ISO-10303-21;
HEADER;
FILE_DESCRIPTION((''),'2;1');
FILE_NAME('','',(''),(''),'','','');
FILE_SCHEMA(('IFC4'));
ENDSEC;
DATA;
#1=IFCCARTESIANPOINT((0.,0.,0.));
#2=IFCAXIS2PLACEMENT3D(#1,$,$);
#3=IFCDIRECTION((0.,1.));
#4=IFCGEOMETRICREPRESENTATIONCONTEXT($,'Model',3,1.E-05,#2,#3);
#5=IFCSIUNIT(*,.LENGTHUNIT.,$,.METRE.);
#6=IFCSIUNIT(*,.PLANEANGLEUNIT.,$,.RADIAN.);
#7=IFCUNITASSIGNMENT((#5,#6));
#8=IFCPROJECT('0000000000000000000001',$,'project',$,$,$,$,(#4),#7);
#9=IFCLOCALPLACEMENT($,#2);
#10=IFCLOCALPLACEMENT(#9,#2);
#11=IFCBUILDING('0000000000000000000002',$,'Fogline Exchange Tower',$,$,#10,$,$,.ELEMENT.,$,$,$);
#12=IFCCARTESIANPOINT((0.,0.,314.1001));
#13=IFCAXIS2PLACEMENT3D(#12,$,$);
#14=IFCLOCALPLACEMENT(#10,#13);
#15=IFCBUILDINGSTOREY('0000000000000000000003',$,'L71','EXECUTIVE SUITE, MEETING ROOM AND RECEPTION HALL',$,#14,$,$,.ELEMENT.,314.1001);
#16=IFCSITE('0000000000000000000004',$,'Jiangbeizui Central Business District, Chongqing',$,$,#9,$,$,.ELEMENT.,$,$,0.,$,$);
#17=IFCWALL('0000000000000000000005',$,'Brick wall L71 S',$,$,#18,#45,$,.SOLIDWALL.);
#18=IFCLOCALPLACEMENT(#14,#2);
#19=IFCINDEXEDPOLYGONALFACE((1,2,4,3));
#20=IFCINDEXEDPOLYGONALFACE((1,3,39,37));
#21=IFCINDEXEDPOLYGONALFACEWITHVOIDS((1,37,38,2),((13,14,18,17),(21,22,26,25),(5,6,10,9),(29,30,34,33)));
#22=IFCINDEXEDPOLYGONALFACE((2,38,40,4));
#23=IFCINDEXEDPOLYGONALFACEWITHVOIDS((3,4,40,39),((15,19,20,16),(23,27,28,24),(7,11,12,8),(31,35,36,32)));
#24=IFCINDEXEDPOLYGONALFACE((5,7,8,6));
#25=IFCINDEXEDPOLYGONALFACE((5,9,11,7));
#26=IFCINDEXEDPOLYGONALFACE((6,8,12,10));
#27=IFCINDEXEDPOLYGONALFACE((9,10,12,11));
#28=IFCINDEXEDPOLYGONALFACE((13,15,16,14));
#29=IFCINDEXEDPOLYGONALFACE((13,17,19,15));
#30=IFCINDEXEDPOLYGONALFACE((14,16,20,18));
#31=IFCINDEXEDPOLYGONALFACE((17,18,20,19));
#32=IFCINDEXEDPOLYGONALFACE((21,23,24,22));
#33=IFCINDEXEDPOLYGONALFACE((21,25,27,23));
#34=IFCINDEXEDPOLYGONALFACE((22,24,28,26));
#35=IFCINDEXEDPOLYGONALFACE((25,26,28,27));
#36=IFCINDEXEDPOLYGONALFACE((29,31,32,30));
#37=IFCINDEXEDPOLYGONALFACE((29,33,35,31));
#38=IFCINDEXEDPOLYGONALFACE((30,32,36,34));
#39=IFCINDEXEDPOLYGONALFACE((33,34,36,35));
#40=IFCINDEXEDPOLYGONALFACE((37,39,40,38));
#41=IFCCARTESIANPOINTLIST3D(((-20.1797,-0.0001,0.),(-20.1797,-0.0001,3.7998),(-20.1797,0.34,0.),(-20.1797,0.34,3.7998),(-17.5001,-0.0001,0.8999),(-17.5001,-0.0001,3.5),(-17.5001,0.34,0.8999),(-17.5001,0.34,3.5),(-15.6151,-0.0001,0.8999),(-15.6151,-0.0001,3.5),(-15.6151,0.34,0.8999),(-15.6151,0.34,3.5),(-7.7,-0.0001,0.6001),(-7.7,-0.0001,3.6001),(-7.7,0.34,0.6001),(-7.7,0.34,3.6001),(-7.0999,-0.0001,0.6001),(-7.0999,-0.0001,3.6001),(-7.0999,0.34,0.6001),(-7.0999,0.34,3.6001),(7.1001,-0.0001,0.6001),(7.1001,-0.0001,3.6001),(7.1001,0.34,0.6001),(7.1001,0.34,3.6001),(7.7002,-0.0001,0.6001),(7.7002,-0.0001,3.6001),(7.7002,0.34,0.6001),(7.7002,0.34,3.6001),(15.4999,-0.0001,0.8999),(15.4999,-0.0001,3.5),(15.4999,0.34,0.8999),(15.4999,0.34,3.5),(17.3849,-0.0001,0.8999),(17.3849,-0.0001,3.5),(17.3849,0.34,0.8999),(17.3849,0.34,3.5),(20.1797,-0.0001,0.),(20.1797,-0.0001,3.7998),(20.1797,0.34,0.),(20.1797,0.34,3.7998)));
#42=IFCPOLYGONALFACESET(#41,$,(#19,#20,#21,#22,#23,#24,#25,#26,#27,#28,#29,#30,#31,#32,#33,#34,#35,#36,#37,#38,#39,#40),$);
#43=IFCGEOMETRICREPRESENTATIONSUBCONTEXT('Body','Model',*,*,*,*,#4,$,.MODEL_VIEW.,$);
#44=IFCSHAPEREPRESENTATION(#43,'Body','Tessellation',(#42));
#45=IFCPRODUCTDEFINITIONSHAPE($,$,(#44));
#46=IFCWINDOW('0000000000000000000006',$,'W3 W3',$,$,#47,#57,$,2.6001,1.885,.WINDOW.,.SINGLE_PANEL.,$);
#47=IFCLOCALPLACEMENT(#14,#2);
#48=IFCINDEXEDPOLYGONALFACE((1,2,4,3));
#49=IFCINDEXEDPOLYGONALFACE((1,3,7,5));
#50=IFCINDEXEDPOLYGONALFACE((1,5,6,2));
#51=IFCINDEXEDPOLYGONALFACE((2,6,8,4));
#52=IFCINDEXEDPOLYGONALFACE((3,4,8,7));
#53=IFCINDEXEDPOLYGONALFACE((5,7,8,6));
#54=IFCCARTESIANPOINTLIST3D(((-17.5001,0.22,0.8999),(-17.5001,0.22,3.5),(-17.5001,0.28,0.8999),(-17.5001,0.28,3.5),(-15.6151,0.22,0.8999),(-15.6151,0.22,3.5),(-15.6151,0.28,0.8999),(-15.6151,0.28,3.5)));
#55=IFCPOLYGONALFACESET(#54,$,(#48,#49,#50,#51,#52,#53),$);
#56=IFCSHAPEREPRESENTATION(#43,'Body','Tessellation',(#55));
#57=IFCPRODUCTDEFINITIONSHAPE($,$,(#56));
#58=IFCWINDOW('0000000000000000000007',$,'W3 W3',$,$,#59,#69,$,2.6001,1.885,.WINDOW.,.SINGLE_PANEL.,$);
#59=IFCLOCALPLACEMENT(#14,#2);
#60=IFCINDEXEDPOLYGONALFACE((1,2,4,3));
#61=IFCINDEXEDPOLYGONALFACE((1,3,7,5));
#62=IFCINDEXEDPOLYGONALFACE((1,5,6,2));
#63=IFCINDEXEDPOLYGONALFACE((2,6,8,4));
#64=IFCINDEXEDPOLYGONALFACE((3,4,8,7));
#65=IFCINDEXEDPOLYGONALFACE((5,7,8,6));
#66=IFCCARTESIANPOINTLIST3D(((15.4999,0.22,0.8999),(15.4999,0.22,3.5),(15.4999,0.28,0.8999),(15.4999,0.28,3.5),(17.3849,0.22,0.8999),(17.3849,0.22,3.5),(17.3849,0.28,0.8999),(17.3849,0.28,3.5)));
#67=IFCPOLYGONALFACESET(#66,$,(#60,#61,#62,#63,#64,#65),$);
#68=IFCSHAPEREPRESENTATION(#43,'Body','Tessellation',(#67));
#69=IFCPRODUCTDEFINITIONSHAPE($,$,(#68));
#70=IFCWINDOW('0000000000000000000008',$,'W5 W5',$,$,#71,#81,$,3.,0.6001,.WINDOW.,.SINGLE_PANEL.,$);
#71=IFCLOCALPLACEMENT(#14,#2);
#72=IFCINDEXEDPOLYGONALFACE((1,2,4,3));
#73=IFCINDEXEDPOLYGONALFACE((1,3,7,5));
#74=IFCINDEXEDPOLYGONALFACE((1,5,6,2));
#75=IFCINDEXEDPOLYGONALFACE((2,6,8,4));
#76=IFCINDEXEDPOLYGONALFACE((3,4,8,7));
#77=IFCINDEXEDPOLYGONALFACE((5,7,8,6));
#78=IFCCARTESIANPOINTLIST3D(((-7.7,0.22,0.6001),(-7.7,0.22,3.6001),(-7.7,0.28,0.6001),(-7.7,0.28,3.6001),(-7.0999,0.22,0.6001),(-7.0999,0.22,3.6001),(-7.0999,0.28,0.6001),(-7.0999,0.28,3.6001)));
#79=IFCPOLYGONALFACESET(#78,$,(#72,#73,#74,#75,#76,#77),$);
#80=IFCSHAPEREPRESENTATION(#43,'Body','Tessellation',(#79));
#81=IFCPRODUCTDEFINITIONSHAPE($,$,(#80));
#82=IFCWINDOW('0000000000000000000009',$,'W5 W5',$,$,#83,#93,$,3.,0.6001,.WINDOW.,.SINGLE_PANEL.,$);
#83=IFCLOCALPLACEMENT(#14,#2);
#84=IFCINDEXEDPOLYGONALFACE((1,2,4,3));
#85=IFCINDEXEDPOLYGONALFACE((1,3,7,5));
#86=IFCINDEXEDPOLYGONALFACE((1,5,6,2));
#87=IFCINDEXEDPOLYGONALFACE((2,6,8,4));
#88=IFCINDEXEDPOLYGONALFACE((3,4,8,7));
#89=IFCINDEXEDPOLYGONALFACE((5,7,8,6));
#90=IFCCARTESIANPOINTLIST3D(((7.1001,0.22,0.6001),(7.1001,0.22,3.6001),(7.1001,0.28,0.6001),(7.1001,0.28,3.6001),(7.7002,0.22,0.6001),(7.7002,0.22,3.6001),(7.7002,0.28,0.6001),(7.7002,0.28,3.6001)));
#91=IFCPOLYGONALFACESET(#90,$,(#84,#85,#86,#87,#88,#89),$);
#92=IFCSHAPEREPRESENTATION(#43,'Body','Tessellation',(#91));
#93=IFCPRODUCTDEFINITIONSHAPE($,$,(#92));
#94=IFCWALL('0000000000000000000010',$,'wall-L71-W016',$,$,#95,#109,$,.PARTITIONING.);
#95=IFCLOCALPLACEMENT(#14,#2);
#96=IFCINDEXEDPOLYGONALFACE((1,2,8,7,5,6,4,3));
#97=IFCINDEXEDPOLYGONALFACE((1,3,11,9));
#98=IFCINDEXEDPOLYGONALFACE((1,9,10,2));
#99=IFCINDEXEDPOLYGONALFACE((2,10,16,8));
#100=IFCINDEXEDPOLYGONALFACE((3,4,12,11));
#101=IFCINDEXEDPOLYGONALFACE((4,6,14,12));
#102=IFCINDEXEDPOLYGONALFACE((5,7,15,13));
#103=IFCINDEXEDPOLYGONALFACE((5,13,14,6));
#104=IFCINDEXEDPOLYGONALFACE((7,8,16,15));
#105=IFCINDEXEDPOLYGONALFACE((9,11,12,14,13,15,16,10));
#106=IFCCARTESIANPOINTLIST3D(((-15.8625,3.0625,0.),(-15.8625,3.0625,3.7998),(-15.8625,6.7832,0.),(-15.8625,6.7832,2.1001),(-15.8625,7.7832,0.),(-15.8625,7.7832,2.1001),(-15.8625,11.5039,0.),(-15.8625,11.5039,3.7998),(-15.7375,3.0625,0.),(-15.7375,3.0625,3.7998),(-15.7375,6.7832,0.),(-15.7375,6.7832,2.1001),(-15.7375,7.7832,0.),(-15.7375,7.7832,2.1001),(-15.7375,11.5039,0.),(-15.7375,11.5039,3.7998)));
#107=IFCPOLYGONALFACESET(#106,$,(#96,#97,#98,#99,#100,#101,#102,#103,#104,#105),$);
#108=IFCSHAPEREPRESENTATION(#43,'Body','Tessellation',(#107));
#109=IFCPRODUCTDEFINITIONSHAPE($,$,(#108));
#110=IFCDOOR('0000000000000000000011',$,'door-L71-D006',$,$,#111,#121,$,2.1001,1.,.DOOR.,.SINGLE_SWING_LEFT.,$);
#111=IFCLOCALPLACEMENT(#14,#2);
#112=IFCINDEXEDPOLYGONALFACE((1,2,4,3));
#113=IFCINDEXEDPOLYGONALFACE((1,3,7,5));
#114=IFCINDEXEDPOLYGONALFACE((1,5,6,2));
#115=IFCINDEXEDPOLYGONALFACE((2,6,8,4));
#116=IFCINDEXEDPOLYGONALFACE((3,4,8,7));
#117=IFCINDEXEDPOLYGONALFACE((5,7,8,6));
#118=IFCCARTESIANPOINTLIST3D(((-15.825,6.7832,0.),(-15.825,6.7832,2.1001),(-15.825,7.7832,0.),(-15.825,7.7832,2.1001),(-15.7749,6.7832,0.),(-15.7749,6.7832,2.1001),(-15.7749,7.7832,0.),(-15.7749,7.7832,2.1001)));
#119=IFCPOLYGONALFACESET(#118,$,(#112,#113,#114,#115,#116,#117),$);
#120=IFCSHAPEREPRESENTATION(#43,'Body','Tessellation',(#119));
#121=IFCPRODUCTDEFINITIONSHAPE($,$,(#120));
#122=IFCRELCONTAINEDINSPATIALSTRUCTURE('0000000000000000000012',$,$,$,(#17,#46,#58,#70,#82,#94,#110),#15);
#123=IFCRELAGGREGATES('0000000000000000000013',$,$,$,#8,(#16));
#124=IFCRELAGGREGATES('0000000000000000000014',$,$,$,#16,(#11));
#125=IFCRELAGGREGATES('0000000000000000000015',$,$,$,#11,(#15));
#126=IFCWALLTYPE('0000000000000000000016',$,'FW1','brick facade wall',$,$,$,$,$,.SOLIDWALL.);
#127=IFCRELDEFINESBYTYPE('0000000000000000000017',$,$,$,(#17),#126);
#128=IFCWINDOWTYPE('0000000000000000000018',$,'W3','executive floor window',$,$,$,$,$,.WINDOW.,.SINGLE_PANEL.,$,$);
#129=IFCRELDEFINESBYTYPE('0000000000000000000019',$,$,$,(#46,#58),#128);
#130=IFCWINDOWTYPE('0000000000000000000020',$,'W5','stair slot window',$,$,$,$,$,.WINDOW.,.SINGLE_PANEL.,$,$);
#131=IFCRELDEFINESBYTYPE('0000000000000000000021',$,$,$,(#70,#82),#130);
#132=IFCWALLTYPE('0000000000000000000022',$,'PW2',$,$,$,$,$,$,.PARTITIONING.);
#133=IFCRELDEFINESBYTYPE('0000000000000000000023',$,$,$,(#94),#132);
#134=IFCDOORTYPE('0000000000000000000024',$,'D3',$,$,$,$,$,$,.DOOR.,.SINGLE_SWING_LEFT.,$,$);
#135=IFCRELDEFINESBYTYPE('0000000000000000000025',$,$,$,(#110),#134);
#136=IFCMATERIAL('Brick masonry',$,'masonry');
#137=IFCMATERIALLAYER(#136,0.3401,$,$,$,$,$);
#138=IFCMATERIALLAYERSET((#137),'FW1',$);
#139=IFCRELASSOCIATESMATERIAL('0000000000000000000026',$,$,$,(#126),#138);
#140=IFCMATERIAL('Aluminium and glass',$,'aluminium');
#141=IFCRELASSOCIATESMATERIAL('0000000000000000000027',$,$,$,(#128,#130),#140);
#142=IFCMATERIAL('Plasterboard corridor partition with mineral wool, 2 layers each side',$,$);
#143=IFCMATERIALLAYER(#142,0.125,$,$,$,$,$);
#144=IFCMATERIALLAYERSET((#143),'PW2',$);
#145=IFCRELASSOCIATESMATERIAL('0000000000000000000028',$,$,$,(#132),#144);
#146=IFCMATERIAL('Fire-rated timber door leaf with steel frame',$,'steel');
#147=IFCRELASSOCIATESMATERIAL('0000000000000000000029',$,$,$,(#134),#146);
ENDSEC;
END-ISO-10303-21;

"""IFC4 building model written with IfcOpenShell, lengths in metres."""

from ifc_helpers import new_model, si_unit, direction, frame, frame_2d, origin, place, context, subcontext, project, spatial, rectangle, extrude, material, layer, layer_set, type_object, element, fill, save


model = new_model("IFC4")

# Units and contexts
model_context = context("Model", 3, precision=1e-05, world=origin(), true_north=direction((0.0, 1.0)))
body_context = subcontext(model_context, "Body", "Model", "MODEL_VIEW")
ifc_project = project(units=[si_unit("LENGTHUNIT", "METRE"), si_unit("PLANEANGLEUNIT", "RADIAN")], contexts=[model_context])

# Site, building, storey
site_placement = place(None, origin())
site = spatial("IfcSite", under=ifc_project, at=site_placement, Name="Jiangbeizui Central Business District, Chongqing", CompositionType="ELEMENT", RefElevation=0.0)
building_placement = place(site_placement, origin())
building = spatial("IfcBuilding", under=site, at=building_placement, Name="Fogline Exchange Tower", CompositionType="ELEMENT")
storey_placement = place(building_placement, frame((0.0, 0.0, 314.1001)))
storey = spatial("IfcBuildingStorey", under=building, at=storey_placement, Name="L71", Description="EXECUTIVE SUITE, MEETING ROOM AND RECEPTION HALL", CompositionType="ELEMENT", Elevation=314.1001)

# Shared definitions
ifc_material_1 = material(Name="Brick masonry", Category="masonry")
ifc_layer_1 = layer(ifc_material_1, 0.3401)
ifc_layer_set_1 = layer_set([ifc_layer_1], Name="FW1")
wall_type_1 = type_object("IfcWallType", Name="FW1", Description="brick facade wall", PredefinedType="SOLIDWALL", material=ifc_layer_set_1)
ifc_material_2 = material(Name="Aluminium and glass", Category="aluminium")

# Wall, openings, windows
wall_1_placement = place(storey_placement, frame((-20.1797, 0.1699, 0.0), z_axis=(0.0, 0.0, 1.0), x_axis=(1.0, 0.0, 0.0)))
wall_1 = element("IfcWall", 1, at=wall_1_placement, inside=storey, type_object=wall_type_1, Name="Brick wall L71 S", PredefinedType="SOLIDWALL", context=body_context, shape_type="SweptSolid", body=[
    extrude(rectangle(XDim=40.3594, YDim=0.3401, at=frame_2d((20.1797, 0.0))), origin(), (0.0, 0.0, 1.0), 3.7998),
])
opening_1_placement = place(wall_1_placement, frame((2.6797, 0.0, 0.8999)))
opening_1 = element("IfcOpeningElement", 2, at=opening_1_placement, cuts=wall_1, PredefinedType="OPENING", context=body_context, shape_type="SweptSolid", body=[
    extrude(rectangle(XDim=1.885, YDim=2.6001, at=frame_2d((0.9424, 1.3))), frame((0.0, 0.1802, 0.0), z_axis=(0.0, -1.0, 0.0), x_axis=(1.0, 0.0, 0.0)), (0.0, 0.0, 1.0), 0.3601),
])
opening_2_placement = place(wall_1_placement, frame((35.6797, 0.0, 0.8999)))
opening_2 = element("IfcOpeningElement", 3, at=opening_2_placement, cuts=wall_1, PredefinedType="OPENING", context=body_context, shape_type="SweptSolid", body=[
    extrude(rectangle(XDim=1.885, YDim=2.6001, at=frame_2d((0.9424, 1.3))), frame((0.0, 0.1802, 0.0), z_axis=(0.0, -1.0, 0.0), x_axis=(1.0, 0.0, 0.0)), (0.0, 0.0, 1.0), 0.3601),
])
opening_3_placement = place(wall_1_placement, frame((12.4797, 0.0, 0.6001)))
opening_3 = element("IfcOpeningElement", 4, at=opening_3_placement, cuts=wall_1, PredefinedType="OPENING", context=body_context, shape_type="SweptSolid", body=[
    extrude(rectangle(XDim=0.6001, YDim=3.0, at=frame_2d((0.3, 1.5))), frame((0.0, 0.1802, 0.0), z_axis=(0.0, -1.0, 0.0), x_axis=(1.0, 0.0, 0.0)), (0.0, 0.0, 1.0), 0.3601),
])
opening_4_placement = place(wall_1_placement, frame((27.2798, 0.0, 0.6001)))
opening_4 = element("IfcOpeningElement", 5, at=opening_4_placement, cuts=wall_1, PredefinedType="OPENING", context=body_context, shape_type="SweptSolid", body=[
    extrude(rectangle(XDim=0.6001, YDim=3.0, at=frame_2d((0.3, 1.5))), frame((0.0, 0.1802, 0.0), z_axis=(0.0, -1.0, 0.0), x_axis=(1.0, 0.0, 0.0)), (0.0, 0.0, 1.0), 0.3601),
])
window_type_1 = type_object("IfcWindowType", Name="W3", Description="executive floor window", PartitioningType="SINGLE_PANEL", PredefinedType="WINDOW", material=ifc_material_2)
window_1_placement = place(opening_1_placement, origin())
window_1 = element("IfcWindow", 6, at=window_1_placement, inside=storey, type_object=window_type_1, Name="W3 W3", OverallHeight=2.6001, OverallWidth=1.885, PartitioningType="SINGLE_PANEL", PredefinedType="WINDOW", context=body_context, shape_type="SweptSolid", body=[
    extrude(rectangle(XDim=1.885, YDim=2.6001, at=frame_2d((0.9424, 1.3))), frame((0.0, 0.1101, 0.0), z_axis=(0.0, -1.0, 0.0), x_axis=(1.0, 0.0, 0.0)), (0.0, 0.0, 1.0), 0.0601),
])
fill(opening_1, window_1)
window_2_placement = place(opening_2_placement, origin())
window_2 = element("IfcWindow", 7, at=window_2_placement, inside=storey, type_object=window_type_1, Name="W3 W3", OverallHeight=2.6001, OverallWidth=1.885, PartitioningType="SINGLE_PANEL", PredefinedType="WINDOW", context=body_context, shape_type="SweptSolid", body=[
    extrude(rectangle(XDim=1.885, YDim=2.6001, at=frame_2d((0.9424, 1.3))), frame((0.0, 0.1101, 0.0), z_axis=(0.0, -1.0, 0.0), x_axis=(1.0, 0.0, 0.0)), (0.0, 0.0, 1.0), 0.0601),
])
fill(opening_2, window_2)
window_type_2 = type_object("IfcWindowType", Name="W5", Description="stair slot window", PartitioningType="SINGLE_PANEL", PredefinedType="WINDOW", material=ifc_material_2)
window_3_placement = place(opening_3_placement, origin())
window_3 = element("IfcWindow", 8, at=window_3_placement, inside=storey, type_object=window_type_2, Name="W5 W5", OverallHeight=3.0, OverallWidth=0.6001, PartitioningType="SINGLE_PANEL", PredefinedType="WINDOW", context=body_context, shape_type="SweptSolid", body=[
    extrude(rectangle(XDim=0.6001, YDim=3.0, at=frame_2d((0.3, 1.5))), frame((0.0, 0.1101, 0.0), z_axis=(0.0, -1.0, 0.0), x_axis=(1.0, 0.0, 0.0)), (0.0, 0.0, 1.0), 0.0601),
])
fill(opening_3, window_3)
window_4_placement = place(opening_4_placement, origin())
window_4 = element("IfcWindow", 9, at=window_4_placement, inside=storey, type_object=window_type_2, Name="W5 W5", OverallHeight=3.0, OverallWidth=0.6001, PartitioningType="SINGLE_PANEL", PredefinedType="WINDOW", context=body_context, shape_type="SweptSolid", body=[
    extrude(rectangle(XDim=0.6001, YDim=3.0, at=frame_2d((0.3, 1.5))), frame((0.0, 0.1101, 0.0), z_axis=(0.0, -1.0, 0.0), x_axis=(1.0, 0.0, 0.0)), (0.0, 0.0, 1.0), 0.0601),
])
fill(opening_4, window_4)

# Wall, opening, door
ifc_material_3 = material(Name="Plasterboard corridor partition with mineral wool, 2 layers each side")
ifc_layer_2 = layer(ifc_material_3, 0.125)
ifc_layer_set_2 = layer_set([ifc_layer_2], Name="PW2")
wall_type_2 = type_object("IfcWallType", Name="PW2", PredefinedType="PARTITIONING", material=ifc_layer_set_2)
wall_2_placement = place(storey_placement, frame((-15.8, 3.0625, 0.0), z_axis=(0.0, 0.0, 1.0), x_axis=(0.0, 1.0, 0.0)))
wall_2 = element("IfcWall", 10, at=wall_2_placement, inside=storey, type_object=wall_type_2, Name="wall-L71-W016", PredefinedType="PARTITIONING", context=body_context, shape_type="SweptSolid", body=[
    extrude(rectangle(XDim=8.4414, YDim=0.125, at=frame_2d((4.2207, 0.0))), origin(), (0.0, 0.0, 1.0), 3.7998),
])
opening_5_placement = place(wall_2_placement, frame((3.7207, 0.0, 0.0)))
opening_5 = element("IfcOpeningElement", 11, at=opening_5_placement, cuts=wall_2, PredefinedType="OPENING", context=body_context, shape_type="SweptSolid", body=[
    extrude(rectangle(XDim=1.0, YDim=2.1001, at=frame_2d((0.5, 1.05))), frame((0.0, 0.0725, 0.0), z_axis=(0.0, -1.0, 0.0), x_axis=(1.0, 0.0, 0.0)), (0.0, 0.0, 1.0), 0.145),
])
ifc_material_4 = material(Name="Fire-rated timber door leaf with steel frame", Category="steel")
door_type_1 = type_object("IfcDoorType", Name="D3", OperationType="SINGLE_SWING_LEFT", PredefinedType="DOOR", material=ifc_material_4)
door_1_placement = place(opening_5_placement, origin())
door_1 = element("IfcDoor", 12, at=door_1_placement, inside=storey, type_object=door_type_1, Name="door-L71-D006", OperationType="SINGLE_SWING_LEFT", OverallHeight=2.1001, OverallWidth=1.0, PredefinedType="DOOR", context=body_context, shape_type="SweptSolid", body=[
    extrude(rectangle(XDim=1.0, YDim=2.1001, at=frame_2d((0.5, 1.05))), frame((0.0, 0.0249, 0.0), z_axis=(0.0, -1.0, 0.0), x_axis=(1.0, 0.0, 0.0)), (0.0, 0.0, 1.0), 0.05),
])
fill(opening_5, door_1)

save(model, "model.ifc")
